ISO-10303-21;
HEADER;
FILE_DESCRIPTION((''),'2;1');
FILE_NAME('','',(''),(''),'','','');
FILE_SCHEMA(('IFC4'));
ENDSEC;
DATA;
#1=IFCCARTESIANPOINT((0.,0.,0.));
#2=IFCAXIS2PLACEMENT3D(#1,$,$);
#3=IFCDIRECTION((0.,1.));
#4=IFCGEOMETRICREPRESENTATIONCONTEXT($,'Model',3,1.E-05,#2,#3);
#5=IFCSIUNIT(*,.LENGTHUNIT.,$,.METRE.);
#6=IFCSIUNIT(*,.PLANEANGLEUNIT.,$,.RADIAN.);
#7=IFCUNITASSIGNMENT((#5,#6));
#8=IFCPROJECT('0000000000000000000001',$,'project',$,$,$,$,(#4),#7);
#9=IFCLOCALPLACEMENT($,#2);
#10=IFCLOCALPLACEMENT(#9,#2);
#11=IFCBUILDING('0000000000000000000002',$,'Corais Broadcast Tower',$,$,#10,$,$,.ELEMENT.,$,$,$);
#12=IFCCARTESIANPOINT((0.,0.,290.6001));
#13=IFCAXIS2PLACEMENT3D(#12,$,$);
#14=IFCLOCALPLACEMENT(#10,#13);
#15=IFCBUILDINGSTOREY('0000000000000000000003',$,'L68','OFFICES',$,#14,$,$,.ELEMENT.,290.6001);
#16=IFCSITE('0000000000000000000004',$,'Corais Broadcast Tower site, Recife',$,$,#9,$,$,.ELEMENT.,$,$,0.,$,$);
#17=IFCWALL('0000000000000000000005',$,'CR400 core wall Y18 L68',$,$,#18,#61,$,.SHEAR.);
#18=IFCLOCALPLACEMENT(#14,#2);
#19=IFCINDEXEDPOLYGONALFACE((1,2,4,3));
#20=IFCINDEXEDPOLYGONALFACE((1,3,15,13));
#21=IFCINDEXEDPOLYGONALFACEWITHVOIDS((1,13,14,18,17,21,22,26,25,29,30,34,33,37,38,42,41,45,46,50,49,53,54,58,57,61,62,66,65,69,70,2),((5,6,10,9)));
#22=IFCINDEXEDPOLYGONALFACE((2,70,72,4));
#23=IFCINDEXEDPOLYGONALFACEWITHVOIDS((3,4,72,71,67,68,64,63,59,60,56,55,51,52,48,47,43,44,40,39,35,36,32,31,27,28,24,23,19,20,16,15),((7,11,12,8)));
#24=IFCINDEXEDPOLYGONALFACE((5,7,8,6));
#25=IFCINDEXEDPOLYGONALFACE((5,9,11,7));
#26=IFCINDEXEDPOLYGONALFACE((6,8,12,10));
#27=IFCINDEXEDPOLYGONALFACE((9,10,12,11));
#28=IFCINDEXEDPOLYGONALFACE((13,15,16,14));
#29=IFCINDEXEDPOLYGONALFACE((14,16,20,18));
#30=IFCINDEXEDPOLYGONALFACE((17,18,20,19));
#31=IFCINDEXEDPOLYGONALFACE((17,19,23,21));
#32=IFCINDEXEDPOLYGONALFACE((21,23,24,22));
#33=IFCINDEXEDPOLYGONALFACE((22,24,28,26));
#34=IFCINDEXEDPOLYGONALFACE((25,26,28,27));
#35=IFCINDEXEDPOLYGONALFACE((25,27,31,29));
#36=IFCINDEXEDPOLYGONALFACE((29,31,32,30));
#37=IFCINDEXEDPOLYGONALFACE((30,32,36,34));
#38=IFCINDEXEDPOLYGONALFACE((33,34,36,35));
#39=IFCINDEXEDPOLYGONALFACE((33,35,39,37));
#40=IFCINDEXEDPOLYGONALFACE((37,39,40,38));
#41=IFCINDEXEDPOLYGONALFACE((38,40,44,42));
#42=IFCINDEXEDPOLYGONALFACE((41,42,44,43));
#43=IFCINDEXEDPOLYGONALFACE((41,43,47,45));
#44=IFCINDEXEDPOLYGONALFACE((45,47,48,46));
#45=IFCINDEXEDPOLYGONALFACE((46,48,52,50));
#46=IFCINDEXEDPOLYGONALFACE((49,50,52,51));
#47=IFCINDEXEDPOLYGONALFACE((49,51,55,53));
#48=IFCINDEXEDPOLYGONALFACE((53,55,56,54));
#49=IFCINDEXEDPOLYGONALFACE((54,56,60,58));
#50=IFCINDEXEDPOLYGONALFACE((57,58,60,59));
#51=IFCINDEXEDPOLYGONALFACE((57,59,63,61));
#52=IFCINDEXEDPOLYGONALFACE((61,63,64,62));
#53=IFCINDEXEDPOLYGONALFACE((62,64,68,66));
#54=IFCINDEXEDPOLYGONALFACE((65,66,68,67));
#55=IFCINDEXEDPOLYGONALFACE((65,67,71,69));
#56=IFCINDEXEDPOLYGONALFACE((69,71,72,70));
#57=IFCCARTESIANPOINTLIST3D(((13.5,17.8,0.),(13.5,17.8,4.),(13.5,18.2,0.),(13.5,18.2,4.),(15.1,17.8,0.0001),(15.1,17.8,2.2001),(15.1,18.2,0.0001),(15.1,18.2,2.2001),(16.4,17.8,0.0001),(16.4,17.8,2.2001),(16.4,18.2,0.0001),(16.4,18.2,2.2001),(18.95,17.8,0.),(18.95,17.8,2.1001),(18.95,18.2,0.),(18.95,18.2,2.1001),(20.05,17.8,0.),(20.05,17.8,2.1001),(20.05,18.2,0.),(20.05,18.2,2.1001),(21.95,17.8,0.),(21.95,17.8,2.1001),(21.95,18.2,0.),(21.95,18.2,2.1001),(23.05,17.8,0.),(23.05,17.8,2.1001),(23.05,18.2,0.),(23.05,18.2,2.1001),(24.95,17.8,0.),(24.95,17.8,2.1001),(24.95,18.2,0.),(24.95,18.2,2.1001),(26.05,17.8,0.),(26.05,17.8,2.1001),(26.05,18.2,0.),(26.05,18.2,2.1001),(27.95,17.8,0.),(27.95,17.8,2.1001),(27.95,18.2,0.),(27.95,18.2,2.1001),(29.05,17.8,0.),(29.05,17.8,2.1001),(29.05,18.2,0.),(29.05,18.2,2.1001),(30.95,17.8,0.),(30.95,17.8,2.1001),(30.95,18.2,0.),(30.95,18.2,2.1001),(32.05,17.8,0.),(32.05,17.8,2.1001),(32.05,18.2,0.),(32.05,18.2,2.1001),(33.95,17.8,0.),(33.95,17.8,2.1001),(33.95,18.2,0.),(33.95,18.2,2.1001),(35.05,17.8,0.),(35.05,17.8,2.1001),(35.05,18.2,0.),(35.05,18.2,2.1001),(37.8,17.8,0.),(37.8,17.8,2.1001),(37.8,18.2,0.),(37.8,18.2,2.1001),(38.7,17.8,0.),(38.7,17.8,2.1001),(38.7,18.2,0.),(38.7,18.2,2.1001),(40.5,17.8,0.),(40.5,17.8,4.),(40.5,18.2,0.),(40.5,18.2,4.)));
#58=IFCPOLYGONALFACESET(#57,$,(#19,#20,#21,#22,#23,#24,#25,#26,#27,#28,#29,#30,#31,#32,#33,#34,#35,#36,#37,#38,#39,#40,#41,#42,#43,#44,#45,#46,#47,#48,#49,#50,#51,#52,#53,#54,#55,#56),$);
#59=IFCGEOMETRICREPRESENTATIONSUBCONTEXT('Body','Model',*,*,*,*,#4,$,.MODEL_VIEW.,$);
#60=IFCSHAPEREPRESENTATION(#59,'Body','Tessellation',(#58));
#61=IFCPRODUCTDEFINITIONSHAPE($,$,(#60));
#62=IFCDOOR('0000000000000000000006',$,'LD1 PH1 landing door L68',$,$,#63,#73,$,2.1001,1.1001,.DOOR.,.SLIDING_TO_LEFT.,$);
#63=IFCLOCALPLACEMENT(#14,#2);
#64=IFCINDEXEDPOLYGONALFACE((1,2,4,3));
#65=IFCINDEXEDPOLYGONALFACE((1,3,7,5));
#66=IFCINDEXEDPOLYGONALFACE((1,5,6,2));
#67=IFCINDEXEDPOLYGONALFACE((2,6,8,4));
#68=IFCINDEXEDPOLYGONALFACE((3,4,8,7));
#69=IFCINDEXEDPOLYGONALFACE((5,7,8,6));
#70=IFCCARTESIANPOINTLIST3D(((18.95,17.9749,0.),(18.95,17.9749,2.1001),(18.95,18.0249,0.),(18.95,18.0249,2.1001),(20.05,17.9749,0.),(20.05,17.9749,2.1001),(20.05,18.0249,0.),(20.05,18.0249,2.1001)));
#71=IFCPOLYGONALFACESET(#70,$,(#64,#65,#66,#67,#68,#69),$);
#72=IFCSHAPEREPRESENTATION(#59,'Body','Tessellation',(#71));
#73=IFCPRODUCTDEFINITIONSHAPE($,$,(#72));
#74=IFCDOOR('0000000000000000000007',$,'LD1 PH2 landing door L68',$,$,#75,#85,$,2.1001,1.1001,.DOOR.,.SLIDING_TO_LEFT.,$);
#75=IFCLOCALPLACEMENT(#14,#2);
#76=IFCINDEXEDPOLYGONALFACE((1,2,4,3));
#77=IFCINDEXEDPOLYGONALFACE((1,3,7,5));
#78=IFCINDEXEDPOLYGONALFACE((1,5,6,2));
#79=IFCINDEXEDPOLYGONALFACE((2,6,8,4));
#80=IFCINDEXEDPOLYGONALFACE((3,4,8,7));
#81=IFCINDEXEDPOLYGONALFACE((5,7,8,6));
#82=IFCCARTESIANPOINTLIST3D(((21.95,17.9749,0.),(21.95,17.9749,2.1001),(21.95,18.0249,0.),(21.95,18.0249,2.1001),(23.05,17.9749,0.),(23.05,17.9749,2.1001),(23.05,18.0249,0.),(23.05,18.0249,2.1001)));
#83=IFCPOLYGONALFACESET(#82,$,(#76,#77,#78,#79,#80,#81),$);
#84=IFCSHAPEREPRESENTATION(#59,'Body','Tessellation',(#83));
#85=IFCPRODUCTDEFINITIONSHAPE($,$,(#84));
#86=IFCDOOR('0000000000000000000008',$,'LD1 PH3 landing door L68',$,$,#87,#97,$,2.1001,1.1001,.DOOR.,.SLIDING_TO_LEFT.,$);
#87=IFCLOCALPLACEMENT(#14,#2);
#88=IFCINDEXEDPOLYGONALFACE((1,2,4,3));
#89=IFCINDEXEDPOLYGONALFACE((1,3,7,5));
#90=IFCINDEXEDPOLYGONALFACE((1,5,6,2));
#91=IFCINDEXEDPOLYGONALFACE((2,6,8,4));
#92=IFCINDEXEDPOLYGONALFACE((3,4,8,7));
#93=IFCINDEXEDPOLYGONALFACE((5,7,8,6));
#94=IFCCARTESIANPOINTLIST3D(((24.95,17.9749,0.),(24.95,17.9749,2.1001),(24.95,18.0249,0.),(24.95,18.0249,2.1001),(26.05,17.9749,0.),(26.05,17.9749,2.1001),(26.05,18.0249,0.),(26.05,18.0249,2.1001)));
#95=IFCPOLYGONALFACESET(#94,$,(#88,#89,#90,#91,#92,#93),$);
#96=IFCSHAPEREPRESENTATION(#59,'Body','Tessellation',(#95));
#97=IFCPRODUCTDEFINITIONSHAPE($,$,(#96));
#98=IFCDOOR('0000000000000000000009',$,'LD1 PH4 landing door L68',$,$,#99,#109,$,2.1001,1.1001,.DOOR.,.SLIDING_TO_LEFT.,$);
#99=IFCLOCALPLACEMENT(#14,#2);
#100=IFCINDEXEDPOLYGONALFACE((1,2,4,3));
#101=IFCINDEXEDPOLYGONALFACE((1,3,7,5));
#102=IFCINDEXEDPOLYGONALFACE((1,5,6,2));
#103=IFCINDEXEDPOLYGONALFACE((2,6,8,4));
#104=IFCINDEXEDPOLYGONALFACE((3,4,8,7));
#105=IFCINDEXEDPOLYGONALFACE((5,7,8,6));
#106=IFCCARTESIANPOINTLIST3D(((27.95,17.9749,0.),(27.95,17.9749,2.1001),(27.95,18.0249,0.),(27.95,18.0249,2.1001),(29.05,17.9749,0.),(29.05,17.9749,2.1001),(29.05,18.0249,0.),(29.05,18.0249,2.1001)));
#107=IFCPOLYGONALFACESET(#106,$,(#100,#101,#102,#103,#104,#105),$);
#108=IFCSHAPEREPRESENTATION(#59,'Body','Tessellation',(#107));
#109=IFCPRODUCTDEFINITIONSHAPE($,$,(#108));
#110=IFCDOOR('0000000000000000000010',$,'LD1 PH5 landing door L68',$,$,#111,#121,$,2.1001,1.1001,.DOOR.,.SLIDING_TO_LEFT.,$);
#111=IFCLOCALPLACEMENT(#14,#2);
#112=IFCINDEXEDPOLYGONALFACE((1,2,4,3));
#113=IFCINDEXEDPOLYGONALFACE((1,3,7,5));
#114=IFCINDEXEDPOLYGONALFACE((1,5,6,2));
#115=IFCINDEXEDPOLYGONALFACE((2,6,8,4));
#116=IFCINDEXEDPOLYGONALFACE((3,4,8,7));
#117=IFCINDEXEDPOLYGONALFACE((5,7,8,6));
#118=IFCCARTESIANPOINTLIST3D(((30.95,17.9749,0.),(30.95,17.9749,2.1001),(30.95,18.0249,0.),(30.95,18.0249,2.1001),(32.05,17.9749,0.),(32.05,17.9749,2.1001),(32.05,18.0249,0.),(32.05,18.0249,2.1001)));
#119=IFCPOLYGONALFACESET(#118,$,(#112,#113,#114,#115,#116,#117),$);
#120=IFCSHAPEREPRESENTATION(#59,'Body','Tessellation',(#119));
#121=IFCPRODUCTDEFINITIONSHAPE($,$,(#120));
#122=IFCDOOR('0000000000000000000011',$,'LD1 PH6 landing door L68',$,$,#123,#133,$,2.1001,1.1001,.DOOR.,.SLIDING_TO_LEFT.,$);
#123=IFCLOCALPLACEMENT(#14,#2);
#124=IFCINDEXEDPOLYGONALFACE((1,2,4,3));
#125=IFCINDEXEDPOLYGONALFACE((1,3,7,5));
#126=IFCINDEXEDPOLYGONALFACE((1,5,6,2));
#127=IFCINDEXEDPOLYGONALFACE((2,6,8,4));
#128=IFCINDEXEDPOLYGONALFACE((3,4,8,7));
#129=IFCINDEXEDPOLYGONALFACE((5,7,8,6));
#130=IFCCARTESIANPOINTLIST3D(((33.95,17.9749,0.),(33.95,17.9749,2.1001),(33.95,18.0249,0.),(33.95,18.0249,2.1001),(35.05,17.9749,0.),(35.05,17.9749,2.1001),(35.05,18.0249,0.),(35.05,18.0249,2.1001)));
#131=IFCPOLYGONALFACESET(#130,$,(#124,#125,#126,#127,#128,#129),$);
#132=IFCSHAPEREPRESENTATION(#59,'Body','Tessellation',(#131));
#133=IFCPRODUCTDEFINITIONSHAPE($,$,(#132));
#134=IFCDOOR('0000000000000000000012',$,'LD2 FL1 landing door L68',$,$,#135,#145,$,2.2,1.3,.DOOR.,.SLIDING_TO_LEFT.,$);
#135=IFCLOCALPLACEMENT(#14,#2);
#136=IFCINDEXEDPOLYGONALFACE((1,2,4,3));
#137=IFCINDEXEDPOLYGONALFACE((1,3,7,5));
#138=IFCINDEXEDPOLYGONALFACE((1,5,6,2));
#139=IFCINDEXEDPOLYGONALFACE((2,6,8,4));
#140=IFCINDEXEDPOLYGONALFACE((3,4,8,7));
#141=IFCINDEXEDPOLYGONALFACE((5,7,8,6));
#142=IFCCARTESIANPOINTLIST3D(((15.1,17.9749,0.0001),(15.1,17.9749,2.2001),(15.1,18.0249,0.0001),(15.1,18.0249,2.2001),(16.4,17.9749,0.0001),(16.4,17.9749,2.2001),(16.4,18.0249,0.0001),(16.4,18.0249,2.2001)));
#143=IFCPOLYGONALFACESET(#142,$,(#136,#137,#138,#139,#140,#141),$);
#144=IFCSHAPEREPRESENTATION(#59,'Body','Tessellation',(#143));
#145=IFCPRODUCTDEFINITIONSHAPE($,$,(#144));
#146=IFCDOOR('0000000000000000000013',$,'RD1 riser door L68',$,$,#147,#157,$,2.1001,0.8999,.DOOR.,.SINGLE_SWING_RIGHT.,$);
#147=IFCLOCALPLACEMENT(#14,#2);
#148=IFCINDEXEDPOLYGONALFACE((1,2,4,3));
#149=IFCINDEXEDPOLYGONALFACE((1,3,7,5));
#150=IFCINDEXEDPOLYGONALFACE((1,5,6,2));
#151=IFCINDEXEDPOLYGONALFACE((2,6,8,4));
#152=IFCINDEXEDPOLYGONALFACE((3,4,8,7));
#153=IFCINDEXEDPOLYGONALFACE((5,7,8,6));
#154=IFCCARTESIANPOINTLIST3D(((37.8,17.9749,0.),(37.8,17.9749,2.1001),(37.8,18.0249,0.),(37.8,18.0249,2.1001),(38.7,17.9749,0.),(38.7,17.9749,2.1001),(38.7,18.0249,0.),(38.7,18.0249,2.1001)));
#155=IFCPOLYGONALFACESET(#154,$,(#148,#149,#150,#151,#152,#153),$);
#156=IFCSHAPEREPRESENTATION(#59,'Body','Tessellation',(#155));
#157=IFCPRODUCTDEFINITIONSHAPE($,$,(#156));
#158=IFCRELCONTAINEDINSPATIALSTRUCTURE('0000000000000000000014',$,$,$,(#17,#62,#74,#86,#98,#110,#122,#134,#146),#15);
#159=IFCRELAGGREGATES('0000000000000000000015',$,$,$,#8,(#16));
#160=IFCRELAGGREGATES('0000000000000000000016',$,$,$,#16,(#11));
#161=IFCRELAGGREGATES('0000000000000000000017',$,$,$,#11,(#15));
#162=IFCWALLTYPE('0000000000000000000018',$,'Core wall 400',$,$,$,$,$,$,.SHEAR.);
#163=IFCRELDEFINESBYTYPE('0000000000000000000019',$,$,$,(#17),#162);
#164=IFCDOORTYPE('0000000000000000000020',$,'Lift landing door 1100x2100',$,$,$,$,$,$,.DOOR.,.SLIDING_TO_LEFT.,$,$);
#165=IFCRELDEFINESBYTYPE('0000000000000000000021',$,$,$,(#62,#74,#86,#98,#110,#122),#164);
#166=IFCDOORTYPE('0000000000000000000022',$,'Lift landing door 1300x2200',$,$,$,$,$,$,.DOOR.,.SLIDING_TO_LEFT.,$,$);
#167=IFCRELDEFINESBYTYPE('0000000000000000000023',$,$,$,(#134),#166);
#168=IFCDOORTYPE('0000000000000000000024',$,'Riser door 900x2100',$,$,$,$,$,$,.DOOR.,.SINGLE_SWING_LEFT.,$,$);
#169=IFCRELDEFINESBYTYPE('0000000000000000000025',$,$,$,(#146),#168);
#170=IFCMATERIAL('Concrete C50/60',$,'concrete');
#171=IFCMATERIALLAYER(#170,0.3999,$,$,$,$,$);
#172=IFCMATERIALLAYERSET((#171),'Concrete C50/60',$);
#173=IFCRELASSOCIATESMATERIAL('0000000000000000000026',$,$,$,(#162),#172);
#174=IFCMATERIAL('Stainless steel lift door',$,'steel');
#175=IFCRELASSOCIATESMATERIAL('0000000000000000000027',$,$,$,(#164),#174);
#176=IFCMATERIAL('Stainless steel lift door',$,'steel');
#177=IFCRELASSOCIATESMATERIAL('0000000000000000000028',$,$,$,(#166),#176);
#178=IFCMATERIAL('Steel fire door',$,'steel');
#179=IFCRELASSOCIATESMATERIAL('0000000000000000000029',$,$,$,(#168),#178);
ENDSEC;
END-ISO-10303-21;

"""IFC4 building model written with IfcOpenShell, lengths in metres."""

from ifc_helpers import new_model, si_unit, direction, frame, frame_2d, origin, place, context, subcontext, project, spatial, rectangle, extrude, material, layer, layer_set, type_object, element, fill, save


model = new_model("IFC4")

# Units and contexts
model_context = context("Model", 3, precision=1e-05, world=origin(), true_north=direction((0.0, 1.0)))
body_context = subcontext(model_context, "Body", "Model", "MODEL_VIEW")
ifc_project = project(units=[si_unit("LENGTHUNIT", "METRE"), si_unit("PLANEANGLEUNIT", "RADIAN")], contexts=[model_context])

# Site, building, storey
site_placement = place(None, origin())
site = spatial("IfcSite", under=ifc_project, at=site_placement, Name="Corais Broadcast Tower site, Recife", CompositionType="ELEMENT", RefElevation=0.0)
building_placement = place(site_placement, origin())
building = spatial("IfcBuilding", under=site, at=building_placement, Name="Corais Broadcast Tower", CompositionType="ELEMENT")
storey_placement = place(building_placement, frame((0.0, 0.0, 290.6001)))
storey = spatial("IfcBuildingStorey", under=building, at=storey_placement, Name="L68", Description="OFFICES", CompositionType="ELEMENT", Elevation=290.6001)

# Shared definitions
ifc_material_1 = material(Name="Concrete C50/60", Category="concrete")
ifc_layer_1 = layer(ifc_material_1, 0.3999)
ifc_layer_set_1 = layer_set([ifc_layer_1], Name="Concrete C50/60")
wall_type_1 = type_object("IfcWallType", Name="Core wall 400", PredefinedType="SHEAR", material=ifc_layer_set_1)

# Wall, openings, doors
wall_1_placement = place(storey_placement, frame((13.5, 18.0, 0.0), z_axis=(0.0, 0.0, 1.0), x_axis=(1.0, 0.0, 0.0)))
wall_1 = element("IfcWall", 1, at=wall_1_placement, inside=storey, type_object=wall_type_1, Name="CR400 core wall Y18 L68", PredefinedType="SHEAR", context=body_context, shape_type="SweptSolid", body=[
    extrude(rectangle(XDim=27.0, YDim=0.3999, at=frame_2d((13.5, 0.0))), origin(), (0.0, 0.0, 1.0), 4.0),
])
opening_1_placement = place(wall_1_placement, frame((24.3, 0.0, 0.0)))
opening_1 = element("IfcOpeningElement", 2, at=opening_1_placement, cuts=wall_1, PredefinedType="OPENING", context=body_context, shape_type="SweptSolid", body=[
    extrude(rectangle(XDim=0.8999, YDim=2.1001, at=frame_2d((0.45, 1.05))), frame((0.0, 0.21, 0.0), z_axis=(0.0, -1.0, 0.0), x_axis=(1.0, 0.0, 0.0)), (0.0, 0.0, 1.0), 0.4199),
])
opening_2_placement = place(wall_1_placement, frame((5.45, 0.0, 0.0)))
opening_2 = element("IfcOpeningElement", 3, at=opening_2_placement, cuts=wall_1, PredefinedType="OPENING", context=body_context, shape_type="SweptSolid", body=[
    extrude(rectangle(XDim=1.1001, YDim=2.1001, at=frame_2d((0.55, 1.05))), frame((0.0, 0.21, 0.0), z_axis=(0.0, -1.0, 0.0), x_axis=(1.0, 0.0, 0.0)), (0.0, 0.0, 1.0), 0.4199),
])
opening_3_placement = place(wall_1_placement, frame((8.45, 0.0, 0.0)))
opening_3 = element("IfcOpeningElement", 4, at=opening_3_placement, cuts=wall_1, PredefinedType="OPENING", context=body_context, shape_type="SweptSolid", body=[
    extrude(rectangle(XDim=1.1001, YDim=2.1001, at=frame_2d((0.55, 1.05))), frame((0.0, 0.21, 0.0), z_axis=(0.0, -1.0, 0.0), x_axis=(1.0, 0.0, 0.0)), (0.0, 0.0, 1.0), 0.4199),
])
opening_4_placement = place(wall_1_placement, frame((11.45, 0.0, 0.0)))
opening_4 = element("IfcOpeningElement", 5, at=opening_4_placement, cuts=wall_1, PredefinedType="OPENING", context=body_context, shape_type="SweptSolid", body=[
    extrude(rectangle(XDim=1.1001, YDim=2.1001, at=frame_2d((0.55, 1.05))), frame((0.0, 0.21, 0.0), z_axis=(0.0, -1.0, 0.0), x_axis=(1.0, 0.0, 0.0)), (0.0, 0.0, 1.0), 0.4199),
])
opening_5_placement = place(wall_1_placement, frame((14.45, 0.0, 0.0)))
opening_5 = element("IfcOpeningElement", 6, at=opening_5_placement, cuts=wall_1, PredefinedType="OPENING", context=body_context, shape_type="SweptSolid", body=[
    extrude(rectangle(XDim=1.1001, YDim=2.1001, at=frame_2d((0.55, 1.05))), frame((0.0, 0.21, 0.0), z_axis=(0.0, -1.0, 0.0), x_axis=(1.0, 0.0, 0.0)), (0.0, 0.0, 1.0), 0.4199),
])
opening_6_placement = place(wall_1_placement, frame((17.45, 0.0, 0.0)))
opening_6 = element("IfcOpeningElement", 7, at=opening_6_placement, cuts=wall_1, PredefinedType="OPENING", context=body_context, shape_type="SweptSolid", body=[
    extrude(rectangle(XDim=1.1001, YDim=2.1001, at=frame_2d((0.55, 1.05))), frame((0.0, 0.21, 0.0), z_axis=(0.0, -1.0, 0.0), x_axis=(1.0, 0.0, 0.0)), (0.0, 0.0, 1.0), 0.4199),
])
opening_7_placement = place(wall_1_placement, frame((20.45, 0.0, 0.0)))
opening_7 = element("IfcOpeningElement", 8, at=opening_7_placement, cuts=wall_1, PredefinedType="OPENING", context=body_context, shape_type="SweptSolid", body=[
    extrude(rectangle(XDim=1.1001, YDim=2.1001, at=frame_2d((0.55, 1.05))), frame((0.0, 0.21, 0.0), z_axis=(0.0, -1.0, 0.0), x_axis=(1.0, 0.0, 0.0)), (0.0, 0.0, 1.0), 0.4199),
])
opening_8_placement = place(wall_1_placement, frame((1.6001, 0.0, 0.0)))
opening_8 = element("IfcOpeningElement", 9, at=opening_8_placement, cuts=wall_1, PredefinedType="OPENING", context=body_context, shape_type="SweptSolid", body=[
    extrude(rectangle(XDim=1.3, YDim=2.2, at=frame_2d((0.6499, 1.1001))), frame((0.0, 0.21, 0.0), z_axis=(0.0, -1.0, 0.0), x_axis=(1.0, 0.0, 0.0)), (0.0, 0.0, 1.0), 0.4199),
])
ifc_material_2 = material(Name="Stainless steel lift door", Category="steel")
door_type_1 = type_object("IfcDoorType", Name="Lift landing door 1100x2100", OperationType="SLIDING_TO_LEFT", PredefinedType="DOOR", material=ifc_material_2)
door_1_placement = place(opening_2_placement, origin())
door_1 = element("IfcDoor", 10, at=door_1_placement, inside=storey, type_object=door_type_1, Name="LD1 PH1 landing door L68", OperationType="SLIDING_TO_LEFT", OverallHeight=2.1001, OverallWidth=1.1001, PredefinedType="DOOR", context=body_context, shape_type="SweptSolid", body=[
    extrude(rectangle(XDim=1.1001, YDim=2.1001, at=frame_2d((0.55, 1.05))), frame((0.0, 0.0249, 0.0), z_axis=(0.0, -1.0, 0.0), x_axis=(1.0, 0.0, 0.0)), (0.0, 0.0, 1.0), 0.05),
])
fill(opening_2, door_1)
door_2_placement = place(opening_3_placement, origin())
door_2 = element("IfcDoor", 11, at=door_2_placement, inside=storey, type_object=door_type_1, Name="LD1 PH2 landing door L68", OperationType="SLIDING_TO_LEFT", OverallHeight=2.1001, OverallWidth=1.1001, PredefinedType="DOOR", context=body_context, shape_type="SweptSolid", body=[
    extrude(rectangle(XDim=1.1001, YDim=2.1001, at=frame_2d((0.55, 1.05))), frame((0.0, 0.0249, 0.0), z_axis=(0.0, -1.0, 0.0), x_axis=(1.0, 0.0, 0.0)), (0.0, 0.0, 1.0), 0.05),
])
fill(opening_3, door_2)
door_3_placement = place(opening_4_placement, origin())
door_3 = element("IfcDoor", 12, at=door_3_placement, inside=storey, type_object=door_type_1, Name="LD1 PH3 landing door L68", OperationType="SLIDING_TO_LEFT", OverallHeight=2.1001, OverallWidth=1.1001, PredefinedType="DOOR", context=body_context, shape_type="SweptSolid", body=[
    extrude(rectangle(XDim=1.1001, YDim=2.1001, at=frame_2d((0.55, 1.05))), frame((0.0, 0.0249, 0.0), z_axis=(0.0, -1.0, 0.0), x_axis=(1.0, 0.0, 0.0)), (0.0, 0.0, 1.0), 0.05),
])
fill(opening_4, door_3)
door_4_placement = place(opening_5_placement, origin())
door_4 = element("IfcDoor", 13, at=door_4_placement, inside=storey, type_object=door_type_1, Name="LD1 PH4 landing door L68", OperationType="SLIDING_TO_LEFT", OverallHeight=2.1001, OverallWidth=1.1001, PredefinedType="DOOR", context=body_context, shape_type="SweptSolid", body=[
    extrude(rectangle(XDim=1.1001, YDim=2.1001, at=frame_2d((0.55, 1.05))), frame((0.0, 0.0249, 0.0), z_axis=(0.0, -1.0, 0.0), x_axis=(1.0, 0.0, 0.0)), (0.0, 0.0, 1.0), 0.05),
])
fill(opening_5, door_4)
door_5_placement = place(opening_6_placement, origin())
door_5 = element("IfcDoor", 14, at=door_5_placement, inside=storey, type_object=door_type_1, Name="LD1 PH5 landing door L68", OperationType="SLIDING_TO_LEFT", OverallHeight=2.1001, OverallWidth=1.1001, PredefinedType="DOOR", context=body_context, shape_type="SweptSolid", body=[
    extrude(rectangle(XDim=1.1001, YDim=2.1001, at=frame_2d((0.55, 1.05))), frame((0.0, 0.0249, 0.0), z_axis=(0.0, -1.0, 0.0), x_axis=(1.0, 0.0, 0.0)), (0.0, 0.0, 1.0), 0.05),
])
fill(opening_6, door_5)
door_6_placement = place(opening_7_placement, origin())
door_6 = element("IfcDoor", 15, at=door_6_placement, inside=storey, type_object=door_type_1, Name="LD1 PH6 landing door L68", OperationType="SLIDING_TO_LEFT", OverallHeight=2.1001, OverallWidth=1.1001, PredefinedType="DOOR", context=body_context, shape_type="SweptSolid", body=[
    extrude(rectangle(XDim=1.1001, YDim=2.1001, at=frame_2d((0.55, 1.05))), frame((0.0, 0.0249, 0.0), z_axis=(0.0, -1.0, 0.0), x_axis=(1.0, 0.0, 0.0)), (0.0, 0.0, 1.0), 0.05),
])
fill(opening_7, door_6)
ifc_material_3 = material(Name="Stainless steel lift door", Category="steel")
door_type_2 = type_object("IfcDoorType", Name="Lift landing door 1300x2200", OperationType="SLIDING_TO_LEFT", PredefinedType="DOOR", material=ifc_material_3)
door_7_placement = place(opening_8_placement, origin())
door_7 = element("IfcDoor", 16, at=door_7_placement, inside=storey, type_object=door_type_2, Name="LD2 FL1 landing door L68", OperationType="SLIDING_TO_LEFT", OverallHeight=2.2, OverallWidth=1.3, PredefinedType="DOOR", context=body_context, shape_type="SweptSolid", body=[
    extrude(rectangle(XDim=1.3, YDim=2.2, at=frame_2d((0.6499, 1.1001))), frame((0.0, 0.0249, 0.0), z_axis=(0.0, -1.0, 0.0), x_axis=(1.0, 0.0, 0.0)), (0.0, 0.0, 1.0), 0.05),
])
fill(opening_8, door_7)
ifc_material_4 = material(Name="Steel fire door", Category="steel")
door_type_3 = type_object("IfcDoorType", Name="Riser door 900x2100", OperationType="SINGLE_SWING_LEFT", PredefinedType="DOOR", material=ifc_material_4)
door_8_placement = place(opening_1_placement, origin())
door_8 = element("IfcDoor", 17, at=door_8_placement, inside=storey, type_object=door_type_3, Name="RD1 riser door L68", OperationType="SINGLE_SWING_RIGHT", OverallHeight=2.1001, OverallWidth=0.8999, PredefinedType="DOOR", context=body_context, shape_type="SweptSolid", body=[
    extrude(rectangle(XDim=0.8999, YDim=2.1001, at=frame_2d((0.45, 1.05))), frame((0.0, 0.0249, 0.0), z_axis=(0.0, -1.0, 0.0), x_axis=(1.0, 0.0, 0.0)), (0.0, 0.0, 1.0), 0.05),
])
fill(opening_1, door_8)

save(model, "model.ifc")
